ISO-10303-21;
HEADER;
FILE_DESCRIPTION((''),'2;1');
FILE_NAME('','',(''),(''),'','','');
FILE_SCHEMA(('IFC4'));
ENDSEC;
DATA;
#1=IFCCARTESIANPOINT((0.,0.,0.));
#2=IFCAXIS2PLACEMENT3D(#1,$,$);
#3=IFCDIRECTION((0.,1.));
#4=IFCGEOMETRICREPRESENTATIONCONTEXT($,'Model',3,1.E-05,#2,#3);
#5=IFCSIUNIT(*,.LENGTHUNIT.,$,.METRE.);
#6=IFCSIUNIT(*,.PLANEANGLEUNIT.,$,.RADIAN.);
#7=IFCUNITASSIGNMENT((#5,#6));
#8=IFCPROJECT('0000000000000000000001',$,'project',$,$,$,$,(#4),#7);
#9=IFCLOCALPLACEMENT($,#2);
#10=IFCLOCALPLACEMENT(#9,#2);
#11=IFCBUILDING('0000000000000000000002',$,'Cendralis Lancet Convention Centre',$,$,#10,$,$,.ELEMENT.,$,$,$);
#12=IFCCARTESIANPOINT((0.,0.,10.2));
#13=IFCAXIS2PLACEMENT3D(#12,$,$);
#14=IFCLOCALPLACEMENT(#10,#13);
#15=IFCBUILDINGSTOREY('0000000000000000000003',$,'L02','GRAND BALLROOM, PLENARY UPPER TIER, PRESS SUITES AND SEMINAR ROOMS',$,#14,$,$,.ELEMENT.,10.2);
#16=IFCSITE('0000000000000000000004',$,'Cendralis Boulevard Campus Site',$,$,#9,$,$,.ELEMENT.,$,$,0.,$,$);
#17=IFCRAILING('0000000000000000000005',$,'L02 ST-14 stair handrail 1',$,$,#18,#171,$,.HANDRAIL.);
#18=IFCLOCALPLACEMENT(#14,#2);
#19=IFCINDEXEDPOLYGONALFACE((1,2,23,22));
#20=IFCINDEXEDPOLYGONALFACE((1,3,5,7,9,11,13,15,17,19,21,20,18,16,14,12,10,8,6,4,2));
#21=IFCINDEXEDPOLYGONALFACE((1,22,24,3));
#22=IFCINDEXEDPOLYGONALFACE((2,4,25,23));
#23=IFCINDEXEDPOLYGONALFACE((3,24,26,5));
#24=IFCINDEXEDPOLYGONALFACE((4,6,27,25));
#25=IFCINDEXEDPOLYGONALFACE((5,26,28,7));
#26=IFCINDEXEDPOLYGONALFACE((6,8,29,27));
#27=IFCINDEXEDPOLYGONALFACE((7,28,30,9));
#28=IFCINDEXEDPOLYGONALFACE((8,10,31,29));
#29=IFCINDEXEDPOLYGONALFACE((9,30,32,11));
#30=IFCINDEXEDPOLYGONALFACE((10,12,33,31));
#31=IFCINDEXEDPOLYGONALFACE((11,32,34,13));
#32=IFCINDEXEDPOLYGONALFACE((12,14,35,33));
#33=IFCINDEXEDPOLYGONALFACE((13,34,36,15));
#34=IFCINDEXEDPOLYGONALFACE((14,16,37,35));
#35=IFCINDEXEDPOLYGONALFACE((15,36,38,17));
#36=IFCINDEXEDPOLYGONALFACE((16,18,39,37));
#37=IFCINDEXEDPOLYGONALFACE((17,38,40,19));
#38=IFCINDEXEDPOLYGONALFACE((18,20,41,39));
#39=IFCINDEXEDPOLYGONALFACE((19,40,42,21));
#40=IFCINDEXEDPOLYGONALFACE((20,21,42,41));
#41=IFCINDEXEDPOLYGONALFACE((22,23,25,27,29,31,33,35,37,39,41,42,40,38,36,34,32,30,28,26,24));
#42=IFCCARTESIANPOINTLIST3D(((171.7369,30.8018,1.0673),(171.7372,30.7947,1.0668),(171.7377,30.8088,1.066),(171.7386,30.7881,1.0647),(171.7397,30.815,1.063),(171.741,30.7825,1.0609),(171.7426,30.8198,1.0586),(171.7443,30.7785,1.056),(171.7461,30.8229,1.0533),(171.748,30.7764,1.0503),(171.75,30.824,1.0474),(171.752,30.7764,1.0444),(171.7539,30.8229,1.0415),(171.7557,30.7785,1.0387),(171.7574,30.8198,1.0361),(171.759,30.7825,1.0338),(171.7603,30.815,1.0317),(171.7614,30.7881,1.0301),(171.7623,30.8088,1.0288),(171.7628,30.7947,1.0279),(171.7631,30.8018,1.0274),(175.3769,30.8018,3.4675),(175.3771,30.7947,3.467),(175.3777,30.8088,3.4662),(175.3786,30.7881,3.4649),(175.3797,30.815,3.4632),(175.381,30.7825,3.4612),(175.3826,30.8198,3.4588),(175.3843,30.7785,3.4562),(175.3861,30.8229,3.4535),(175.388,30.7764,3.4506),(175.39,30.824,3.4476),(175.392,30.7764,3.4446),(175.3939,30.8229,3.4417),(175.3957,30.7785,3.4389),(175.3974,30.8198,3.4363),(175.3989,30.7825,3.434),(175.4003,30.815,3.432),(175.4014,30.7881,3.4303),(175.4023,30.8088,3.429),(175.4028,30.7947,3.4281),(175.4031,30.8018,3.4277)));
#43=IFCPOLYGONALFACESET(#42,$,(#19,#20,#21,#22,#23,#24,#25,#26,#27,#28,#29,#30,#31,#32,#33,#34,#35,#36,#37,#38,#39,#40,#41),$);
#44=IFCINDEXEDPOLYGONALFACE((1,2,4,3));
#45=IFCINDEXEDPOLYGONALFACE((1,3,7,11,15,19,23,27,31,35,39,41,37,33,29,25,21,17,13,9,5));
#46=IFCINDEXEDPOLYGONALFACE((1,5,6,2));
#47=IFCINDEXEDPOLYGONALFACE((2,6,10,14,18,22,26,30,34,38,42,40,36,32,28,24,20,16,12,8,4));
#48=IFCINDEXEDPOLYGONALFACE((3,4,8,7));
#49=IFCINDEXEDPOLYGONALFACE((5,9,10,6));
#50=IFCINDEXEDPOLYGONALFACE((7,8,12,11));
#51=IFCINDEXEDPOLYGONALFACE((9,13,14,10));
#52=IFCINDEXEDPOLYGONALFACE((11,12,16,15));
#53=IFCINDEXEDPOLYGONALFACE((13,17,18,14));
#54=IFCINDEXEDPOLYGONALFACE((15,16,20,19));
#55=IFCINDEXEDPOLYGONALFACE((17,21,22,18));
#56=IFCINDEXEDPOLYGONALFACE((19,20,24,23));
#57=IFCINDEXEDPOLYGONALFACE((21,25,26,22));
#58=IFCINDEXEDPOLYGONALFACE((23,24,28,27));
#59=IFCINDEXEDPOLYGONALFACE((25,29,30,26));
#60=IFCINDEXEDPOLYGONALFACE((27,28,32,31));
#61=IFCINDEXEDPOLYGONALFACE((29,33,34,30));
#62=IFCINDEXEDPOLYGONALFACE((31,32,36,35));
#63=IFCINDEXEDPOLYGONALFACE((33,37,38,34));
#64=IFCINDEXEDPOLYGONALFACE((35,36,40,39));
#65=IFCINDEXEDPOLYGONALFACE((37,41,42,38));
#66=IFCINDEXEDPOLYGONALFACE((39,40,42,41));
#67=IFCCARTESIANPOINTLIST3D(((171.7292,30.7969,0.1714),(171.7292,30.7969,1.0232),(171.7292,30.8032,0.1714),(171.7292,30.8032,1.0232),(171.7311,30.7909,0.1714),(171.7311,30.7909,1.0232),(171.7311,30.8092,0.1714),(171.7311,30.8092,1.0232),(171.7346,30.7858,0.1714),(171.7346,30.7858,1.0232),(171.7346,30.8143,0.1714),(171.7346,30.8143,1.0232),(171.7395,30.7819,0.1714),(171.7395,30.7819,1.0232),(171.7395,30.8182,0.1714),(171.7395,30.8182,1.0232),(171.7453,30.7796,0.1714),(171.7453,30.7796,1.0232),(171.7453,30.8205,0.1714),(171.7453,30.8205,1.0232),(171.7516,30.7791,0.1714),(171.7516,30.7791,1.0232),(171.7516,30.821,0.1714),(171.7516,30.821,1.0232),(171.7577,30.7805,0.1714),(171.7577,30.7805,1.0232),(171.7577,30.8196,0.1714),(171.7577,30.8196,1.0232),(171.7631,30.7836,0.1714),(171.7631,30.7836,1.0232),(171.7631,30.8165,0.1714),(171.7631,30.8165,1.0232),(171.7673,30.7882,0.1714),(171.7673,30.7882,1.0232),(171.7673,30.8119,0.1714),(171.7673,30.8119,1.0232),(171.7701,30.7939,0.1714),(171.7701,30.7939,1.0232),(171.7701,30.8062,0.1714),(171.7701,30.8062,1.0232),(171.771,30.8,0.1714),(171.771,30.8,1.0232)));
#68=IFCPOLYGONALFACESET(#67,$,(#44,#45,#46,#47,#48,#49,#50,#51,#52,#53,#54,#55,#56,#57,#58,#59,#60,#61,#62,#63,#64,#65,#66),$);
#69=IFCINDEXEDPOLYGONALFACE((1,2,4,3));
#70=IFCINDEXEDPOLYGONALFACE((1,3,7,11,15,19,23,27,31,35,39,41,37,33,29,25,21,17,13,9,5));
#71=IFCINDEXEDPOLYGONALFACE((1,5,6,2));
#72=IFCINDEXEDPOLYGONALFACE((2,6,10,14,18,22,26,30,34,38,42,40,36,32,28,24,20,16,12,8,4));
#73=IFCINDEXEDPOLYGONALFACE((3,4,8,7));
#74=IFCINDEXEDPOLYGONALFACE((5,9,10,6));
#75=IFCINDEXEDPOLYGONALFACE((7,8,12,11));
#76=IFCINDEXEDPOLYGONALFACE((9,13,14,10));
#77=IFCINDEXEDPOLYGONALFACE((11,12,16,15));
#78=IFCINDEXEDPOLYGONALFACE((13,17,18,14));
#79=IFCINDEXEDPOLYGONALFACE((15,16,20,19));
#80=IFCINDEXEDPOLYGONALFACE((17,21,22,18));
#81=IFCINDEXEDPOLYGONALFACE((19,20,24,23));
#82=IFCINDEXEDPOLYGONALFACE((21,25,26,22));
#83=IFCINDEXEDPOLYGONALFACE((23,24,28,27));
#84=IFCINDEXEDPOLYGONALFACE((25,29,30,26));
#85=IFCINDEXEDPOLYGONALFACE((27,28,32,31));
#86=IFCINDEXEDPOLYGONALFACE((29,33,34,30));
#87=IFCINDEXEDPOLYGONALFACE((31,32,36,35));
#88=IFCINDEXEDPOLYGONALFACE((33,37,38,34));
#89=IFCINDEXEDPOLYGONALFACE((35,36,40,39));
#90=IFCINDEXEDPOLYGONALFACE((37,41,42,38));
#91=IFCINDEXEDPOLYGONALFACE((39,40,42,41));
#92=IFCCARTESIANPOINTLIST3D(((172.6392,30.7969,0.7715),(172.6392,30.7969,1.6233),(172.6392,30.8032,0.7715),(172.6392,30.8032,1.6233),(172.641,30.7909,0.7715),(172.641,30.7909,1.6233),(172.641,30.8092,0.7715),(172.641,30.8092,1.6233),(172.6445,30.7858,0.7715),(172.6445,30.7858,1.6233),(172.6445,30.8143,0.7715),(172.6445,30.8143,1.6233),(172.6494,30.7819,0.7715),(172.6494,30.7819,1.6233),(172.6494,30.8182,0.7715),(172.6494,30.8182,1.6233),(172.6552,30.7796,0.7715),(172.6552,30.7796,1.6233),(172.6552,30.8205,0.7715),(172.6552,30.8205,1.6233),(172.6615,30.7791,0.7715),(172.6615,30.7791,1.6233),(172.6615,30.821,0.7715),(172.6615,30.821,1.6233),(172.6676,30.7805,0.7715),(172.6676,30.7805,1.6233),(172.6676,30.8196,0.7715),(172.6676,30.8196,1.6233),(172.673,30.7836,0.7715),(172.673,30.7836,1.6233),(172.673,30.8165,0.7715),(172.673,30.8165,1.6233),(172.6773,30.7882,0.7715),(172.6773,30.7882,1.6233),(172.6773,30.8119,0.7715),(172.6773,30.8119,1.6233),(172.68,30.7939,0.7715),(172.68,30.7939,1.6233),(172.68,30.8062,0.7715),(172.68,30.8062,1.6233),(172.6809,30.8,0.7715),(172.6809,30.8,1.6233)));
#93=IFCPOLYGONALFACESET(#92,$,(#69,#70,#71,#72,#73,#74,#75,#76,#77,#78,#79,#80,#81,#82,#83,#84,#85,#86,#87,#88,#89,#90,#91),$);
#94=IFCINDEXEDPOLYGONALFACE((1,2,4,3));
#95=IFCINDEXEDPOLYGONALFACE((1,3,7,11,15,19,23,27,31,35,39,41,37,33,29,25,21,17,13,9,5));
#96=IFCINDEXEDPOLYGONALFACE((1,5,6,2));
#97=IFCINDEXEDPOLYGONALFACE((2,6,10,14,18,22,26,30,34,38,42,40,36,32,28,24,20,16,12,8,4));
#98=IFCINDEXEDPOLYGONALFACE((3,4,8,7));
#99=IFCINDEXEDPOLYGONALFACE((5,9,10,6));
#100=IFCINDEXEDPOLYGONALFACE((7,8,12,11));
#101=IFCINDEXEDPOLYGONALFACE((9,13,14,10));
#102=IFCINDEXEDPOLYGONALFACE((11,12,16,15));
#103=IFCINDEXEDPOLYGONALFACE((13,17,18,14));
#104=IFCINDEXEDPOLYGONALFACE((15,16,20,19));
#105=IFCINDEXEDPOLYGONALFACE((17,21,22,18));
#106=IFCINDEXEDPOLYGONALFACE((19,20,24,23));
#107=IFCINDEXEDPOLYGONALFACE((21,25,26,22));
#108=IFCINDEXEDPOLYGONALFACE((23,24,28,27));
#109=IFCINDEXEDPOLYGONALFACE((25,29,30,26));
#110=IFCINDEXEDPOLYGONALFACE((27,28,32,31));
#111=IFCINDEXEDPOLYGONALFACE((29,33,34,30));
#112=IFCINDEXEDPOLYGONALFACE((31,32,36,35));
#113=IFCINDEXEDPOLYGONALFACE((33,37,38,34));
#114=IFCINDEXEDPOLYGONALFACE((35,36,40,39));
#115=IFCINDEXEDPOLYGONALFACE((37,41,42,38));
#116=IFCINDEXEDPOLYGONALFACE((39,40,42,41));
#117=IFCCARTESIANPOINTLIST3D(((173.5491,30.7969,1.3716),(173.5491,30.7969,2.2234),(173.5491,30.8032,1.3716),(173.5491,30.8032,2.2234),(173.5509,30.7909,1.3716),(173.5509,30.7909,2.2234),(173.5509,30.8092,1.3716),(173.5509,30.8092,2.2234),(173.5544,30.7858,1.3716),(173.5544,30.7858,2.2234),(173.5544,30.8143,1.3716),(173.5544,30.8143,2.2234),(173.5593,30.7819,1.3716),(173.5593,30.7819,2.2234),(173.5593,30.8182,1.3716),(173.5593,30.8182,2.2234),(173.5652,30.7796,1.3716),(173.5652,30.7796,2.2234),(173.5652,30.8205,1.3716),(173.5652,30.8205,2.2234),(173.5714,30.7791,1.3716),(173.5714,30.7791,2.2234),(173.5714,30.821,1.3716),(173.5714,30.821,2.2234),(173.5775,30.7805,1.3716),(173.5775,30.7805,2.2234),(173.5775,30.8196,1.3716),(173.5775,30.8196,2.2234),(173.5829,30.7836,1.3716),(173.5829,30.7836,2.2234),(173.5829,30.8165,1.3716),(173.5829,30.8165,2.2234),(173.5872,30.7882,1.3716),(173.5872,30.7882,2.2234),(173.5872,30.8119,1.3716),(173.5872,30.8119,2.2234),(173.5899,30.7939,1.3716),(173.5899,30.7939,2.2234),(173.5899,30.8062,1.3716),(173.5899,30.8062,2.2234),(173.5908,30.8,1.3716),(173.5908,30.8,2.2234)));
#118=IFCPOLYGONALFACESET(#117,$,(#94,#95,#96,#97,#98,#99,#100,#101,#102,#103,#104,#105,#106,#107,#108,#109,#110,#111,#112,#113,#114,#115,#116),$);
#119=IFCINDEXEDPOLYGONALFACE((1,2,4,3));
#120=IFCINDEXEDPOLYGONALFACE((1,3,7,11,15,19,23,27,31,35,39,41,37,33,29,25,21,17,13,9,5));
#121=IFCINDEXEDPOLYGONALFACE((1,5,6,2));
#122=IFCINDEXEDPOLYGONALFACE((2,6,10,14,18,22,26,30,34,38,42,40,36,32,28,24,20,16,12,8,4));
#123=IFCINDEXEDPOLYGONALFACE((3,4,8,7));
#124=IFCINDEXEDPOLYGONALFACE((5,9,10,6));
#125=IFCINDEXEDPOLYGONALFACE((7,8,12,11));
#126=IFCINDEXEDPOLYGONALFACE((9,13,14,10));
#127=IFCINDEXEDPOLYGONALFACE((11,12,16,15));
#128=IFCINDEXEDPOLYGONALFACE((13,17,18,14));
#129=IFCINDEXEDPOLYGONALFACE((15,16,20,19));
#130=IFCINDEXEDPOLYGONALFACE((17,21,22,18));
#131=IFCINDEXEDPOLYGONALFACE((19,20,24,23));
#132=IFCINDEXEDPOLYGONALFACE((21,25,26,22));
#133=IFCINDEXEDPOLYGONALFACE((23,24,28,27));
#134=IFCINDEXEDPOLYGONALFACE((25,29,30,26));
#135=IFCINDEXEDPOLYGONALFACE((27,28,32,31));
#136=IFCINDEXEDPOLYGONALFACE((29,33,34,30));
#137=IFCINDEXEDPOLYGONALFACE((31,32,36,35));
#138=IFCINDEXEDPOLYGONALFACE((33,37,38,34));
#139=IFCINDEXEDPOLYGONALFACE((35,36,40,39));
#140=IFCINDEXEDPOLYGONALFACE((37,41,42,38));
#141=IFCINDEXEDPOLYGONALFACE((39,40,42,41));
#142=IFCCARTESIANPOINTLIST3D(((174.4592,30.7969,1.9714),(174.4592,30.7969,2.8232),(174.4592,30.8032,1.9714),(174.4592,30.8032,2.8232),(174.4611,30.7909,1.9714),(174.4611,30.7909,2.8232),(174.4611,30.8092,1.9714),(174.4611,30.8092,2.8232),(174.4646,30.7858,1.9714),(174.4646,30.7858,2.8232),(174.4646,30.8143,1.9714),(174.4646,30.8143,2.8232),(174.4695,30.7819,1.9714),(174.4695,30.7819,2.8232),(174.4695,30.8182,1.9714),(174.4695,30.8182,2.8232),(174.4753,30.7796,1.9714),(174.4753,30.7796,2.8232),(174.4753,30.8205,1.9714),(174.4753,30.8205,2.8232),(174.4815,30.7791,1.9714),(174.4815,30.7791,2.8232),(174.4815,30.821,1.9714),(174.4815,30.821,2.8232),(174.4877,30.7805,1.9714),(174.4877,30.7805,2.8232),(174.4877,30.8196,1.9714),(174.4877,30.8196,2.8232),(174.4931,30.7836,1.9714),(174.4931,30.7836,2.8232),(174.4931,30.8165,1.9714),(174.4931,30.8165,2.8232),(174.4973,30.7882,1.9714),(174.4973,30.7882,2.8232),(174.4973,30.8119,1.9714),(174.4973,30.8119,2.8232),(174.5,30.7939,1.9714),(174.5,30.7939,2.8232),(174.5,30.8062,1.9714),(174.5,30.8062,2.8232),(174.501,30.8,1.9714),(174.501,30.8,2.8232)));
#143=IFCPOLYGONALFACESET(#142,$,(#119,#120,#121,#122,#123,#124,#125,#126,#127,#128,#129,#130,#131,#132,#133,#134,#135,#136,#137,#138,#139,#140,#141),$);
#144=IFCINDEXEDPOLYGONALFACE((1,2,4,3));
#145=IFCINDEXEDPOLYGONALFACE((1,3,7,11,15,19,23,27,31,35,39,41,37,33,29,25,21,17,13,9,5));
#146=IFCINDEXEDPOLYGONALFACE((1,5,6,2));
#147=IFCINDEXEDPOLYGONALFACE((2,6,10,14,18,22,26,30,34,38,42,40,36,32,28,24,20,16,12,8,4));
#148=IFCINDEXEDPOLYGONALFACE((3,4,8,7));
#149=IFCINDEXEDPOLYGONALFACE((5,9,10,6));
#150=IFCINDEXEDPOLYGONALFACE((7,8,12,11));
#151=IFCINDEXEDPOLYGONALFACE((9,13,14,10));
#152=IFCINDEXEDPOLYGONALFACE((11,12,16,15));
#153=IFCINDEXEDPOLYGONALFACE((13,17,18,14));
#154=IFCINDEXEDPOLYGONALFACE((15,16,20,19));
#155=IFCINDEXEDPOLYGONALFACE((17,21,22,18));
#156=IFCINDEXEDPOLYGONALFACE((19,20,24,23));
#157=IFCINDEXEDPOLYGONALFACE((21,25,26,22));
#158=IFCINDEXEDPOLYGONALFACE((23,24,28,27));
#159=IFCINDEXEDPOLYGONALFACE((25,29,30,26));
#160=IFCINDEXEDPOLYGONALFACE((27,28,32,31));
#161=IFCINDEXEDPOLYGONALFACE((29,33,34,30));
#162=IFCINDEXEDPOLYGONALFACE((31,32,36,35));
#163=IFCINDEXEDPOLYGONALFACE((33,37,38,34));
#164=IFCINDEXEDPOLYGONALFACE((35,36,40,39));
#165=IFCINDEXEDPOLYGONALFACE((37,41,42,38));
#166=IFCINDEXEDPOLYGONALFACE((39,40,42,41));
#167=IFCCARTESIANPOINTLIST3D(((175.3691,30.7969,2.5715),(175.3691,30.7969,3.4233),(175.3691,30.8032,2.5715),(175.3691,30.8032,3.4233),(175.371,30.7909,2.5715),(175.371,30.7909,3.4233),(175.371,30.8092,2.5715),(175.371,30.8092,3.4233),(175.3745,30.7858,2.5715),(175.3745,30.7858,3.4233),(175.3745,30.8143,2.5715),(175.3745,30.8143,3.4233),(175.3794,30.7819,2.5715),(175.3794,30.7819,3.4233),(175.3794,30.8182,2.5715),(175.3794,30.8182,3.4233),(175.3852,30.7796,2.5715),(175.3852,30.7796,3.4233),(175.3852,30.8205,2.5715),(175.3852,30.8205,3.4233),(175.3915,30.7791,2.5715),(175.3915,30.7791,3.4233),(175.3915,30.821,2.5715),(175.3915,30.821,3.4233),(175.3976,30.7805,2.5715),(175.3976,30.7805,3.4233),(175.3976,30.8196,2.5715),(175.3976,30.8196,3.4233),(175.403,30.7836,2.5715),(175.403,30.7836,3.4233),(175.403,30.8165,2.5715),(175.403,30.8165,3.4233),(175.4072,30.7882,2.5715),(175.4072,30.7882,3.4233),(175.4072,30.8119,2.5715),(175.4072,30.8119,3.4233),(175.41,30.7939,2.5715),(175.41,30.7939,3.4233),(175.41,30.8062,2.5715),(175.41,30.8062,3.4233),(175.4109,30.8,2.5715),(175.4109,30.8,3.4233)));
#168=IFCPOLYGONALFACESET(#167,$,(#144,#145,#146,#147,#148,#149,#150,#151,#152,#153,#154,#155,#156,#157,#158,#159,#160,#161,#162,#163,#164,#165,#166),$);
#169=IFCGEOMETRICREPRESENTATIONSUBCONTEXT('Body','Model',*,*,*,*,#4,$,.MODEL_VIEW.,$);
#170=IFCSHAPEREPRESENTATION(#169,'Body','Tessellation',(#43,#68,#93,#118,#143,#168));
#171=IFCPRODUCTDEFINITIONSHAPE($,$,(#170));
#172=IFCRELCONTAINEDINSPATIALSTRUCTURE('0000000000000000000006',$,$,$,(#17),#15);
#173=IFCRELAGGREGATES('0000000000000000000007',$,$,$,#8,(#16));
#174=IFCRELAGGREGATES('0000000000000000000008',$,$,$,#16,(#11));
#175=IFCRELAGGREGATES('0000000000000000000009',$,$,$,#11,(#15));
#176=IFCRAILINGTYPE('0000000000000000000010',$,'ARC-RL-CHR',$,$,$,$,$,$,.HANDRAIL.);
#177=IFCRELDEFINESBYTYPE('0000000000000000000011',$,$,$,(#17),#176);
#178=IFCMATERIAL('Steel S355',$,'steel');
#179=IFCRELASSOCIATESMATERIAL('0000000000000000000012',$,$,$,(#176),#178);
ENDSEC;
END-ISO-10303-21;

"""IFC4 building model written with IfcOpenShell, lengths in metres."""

from ifc_helpers import new_model, si_unit, direction, frame, origin, origin_2d, place, context, subcontext, project, spatial, circle, extrude, material, type_object, element, save


model = new_model("IFC4")

# Units and contexts
model_context = context("Model", 3, precision=1e-05, world=origin(), true_north=direction((0.0, 1.0)))
body_context = subcontext(model_context, "Body", "Model", "MODEL_VIEW")
ifc_project = project(units=[si_unit("LENGTHUNIT", "METRE"), si_unit("PLANEANGLEUNIT", "RADIAN")], contexts=[model_context])

# Site, building, storey
site_placement = place(None, origin())
site = spatial("IfcSite", under=ifc_project, at=site_placement, Name="Cendralis Boulevard Campus Site", CompositionType="ELEMENT", RefElevation=0.0)
building_placement = place(site_placement, origin())
building = spatial("IfcBuilding", under=site, at=building_placement, Name="Cendralis Lancet Convention Centre", CompositionType="ELEMENT")
storey_placement = place(building_placement, frame((0.0, 0.0, 10.2)))
storey = spatial("IfcBuildingStorey", under=building, at=storey_placement, Name="L02", Description="GRAND BALLROOM, PLENARY UPPER TIER, PRESS SUITES AND SEMINAR ROOMS", CompositionType="ELEMENT", Elevation=10.2)

# Shared definitions
ifc_material_1 = material(Name="Steel S355", Category="steel")

# Railing
railing_type_1 = type_object("IfcRailingType", Name="ARC-RL-CHR", PredefinedType="HANDRAIL", material=ifc_material_1)
railing_1_placement = place(storey_placement, frame((171.75, 30.8, 0.1714)))
element("IfcRailing", 1, at=railing_1_placement, inside=storey, type_object=railing_type_1, Name="L02 ST-14 stair handrail 1", PredefinedType="HANDRAIL", context=body_context, shape_type="SweptSolid", body=[
    extrude(circle(Radius=0.0239, at=origin_2d()), frame((0.0, 0.0, 0.876), z_axis=(0.834839, 0.0, 0.550493), x_axis=(0.0, 1.0, 0.0)), (0.0, 0.0, 1.0), 4.3601),
    extrude(circle(Radius=0.021, at=origin_2d()), origin(), (0.0, 0.0, 1.0), 0.8518),
    extrude(circle(Radius=0.021, at=origin_2d()), frame((0.9099, 0.0, 0.6001)), (0.0, 0.0, 1.0), 0.8518),
    extrude(circle(Radius=0.021, at=origin_2d()), frame((1.8198, 0.0, 1.2002)), (0.0, 0.0, 1.0), 0.8518),
    extrude(circle(Radius=0.021, at=origin_2d()), frame((2.73, 0.0, 1.8)), (0.0, 0.0, 1.0), 0.8518),
    extrude(circle(Radius=0.021, at=origin_2d()), frame((3.6399, 0.0, 2.4001)), (0.0, 0.0, 1.0), 0.8518),
])

save(model, "model.ifc")
